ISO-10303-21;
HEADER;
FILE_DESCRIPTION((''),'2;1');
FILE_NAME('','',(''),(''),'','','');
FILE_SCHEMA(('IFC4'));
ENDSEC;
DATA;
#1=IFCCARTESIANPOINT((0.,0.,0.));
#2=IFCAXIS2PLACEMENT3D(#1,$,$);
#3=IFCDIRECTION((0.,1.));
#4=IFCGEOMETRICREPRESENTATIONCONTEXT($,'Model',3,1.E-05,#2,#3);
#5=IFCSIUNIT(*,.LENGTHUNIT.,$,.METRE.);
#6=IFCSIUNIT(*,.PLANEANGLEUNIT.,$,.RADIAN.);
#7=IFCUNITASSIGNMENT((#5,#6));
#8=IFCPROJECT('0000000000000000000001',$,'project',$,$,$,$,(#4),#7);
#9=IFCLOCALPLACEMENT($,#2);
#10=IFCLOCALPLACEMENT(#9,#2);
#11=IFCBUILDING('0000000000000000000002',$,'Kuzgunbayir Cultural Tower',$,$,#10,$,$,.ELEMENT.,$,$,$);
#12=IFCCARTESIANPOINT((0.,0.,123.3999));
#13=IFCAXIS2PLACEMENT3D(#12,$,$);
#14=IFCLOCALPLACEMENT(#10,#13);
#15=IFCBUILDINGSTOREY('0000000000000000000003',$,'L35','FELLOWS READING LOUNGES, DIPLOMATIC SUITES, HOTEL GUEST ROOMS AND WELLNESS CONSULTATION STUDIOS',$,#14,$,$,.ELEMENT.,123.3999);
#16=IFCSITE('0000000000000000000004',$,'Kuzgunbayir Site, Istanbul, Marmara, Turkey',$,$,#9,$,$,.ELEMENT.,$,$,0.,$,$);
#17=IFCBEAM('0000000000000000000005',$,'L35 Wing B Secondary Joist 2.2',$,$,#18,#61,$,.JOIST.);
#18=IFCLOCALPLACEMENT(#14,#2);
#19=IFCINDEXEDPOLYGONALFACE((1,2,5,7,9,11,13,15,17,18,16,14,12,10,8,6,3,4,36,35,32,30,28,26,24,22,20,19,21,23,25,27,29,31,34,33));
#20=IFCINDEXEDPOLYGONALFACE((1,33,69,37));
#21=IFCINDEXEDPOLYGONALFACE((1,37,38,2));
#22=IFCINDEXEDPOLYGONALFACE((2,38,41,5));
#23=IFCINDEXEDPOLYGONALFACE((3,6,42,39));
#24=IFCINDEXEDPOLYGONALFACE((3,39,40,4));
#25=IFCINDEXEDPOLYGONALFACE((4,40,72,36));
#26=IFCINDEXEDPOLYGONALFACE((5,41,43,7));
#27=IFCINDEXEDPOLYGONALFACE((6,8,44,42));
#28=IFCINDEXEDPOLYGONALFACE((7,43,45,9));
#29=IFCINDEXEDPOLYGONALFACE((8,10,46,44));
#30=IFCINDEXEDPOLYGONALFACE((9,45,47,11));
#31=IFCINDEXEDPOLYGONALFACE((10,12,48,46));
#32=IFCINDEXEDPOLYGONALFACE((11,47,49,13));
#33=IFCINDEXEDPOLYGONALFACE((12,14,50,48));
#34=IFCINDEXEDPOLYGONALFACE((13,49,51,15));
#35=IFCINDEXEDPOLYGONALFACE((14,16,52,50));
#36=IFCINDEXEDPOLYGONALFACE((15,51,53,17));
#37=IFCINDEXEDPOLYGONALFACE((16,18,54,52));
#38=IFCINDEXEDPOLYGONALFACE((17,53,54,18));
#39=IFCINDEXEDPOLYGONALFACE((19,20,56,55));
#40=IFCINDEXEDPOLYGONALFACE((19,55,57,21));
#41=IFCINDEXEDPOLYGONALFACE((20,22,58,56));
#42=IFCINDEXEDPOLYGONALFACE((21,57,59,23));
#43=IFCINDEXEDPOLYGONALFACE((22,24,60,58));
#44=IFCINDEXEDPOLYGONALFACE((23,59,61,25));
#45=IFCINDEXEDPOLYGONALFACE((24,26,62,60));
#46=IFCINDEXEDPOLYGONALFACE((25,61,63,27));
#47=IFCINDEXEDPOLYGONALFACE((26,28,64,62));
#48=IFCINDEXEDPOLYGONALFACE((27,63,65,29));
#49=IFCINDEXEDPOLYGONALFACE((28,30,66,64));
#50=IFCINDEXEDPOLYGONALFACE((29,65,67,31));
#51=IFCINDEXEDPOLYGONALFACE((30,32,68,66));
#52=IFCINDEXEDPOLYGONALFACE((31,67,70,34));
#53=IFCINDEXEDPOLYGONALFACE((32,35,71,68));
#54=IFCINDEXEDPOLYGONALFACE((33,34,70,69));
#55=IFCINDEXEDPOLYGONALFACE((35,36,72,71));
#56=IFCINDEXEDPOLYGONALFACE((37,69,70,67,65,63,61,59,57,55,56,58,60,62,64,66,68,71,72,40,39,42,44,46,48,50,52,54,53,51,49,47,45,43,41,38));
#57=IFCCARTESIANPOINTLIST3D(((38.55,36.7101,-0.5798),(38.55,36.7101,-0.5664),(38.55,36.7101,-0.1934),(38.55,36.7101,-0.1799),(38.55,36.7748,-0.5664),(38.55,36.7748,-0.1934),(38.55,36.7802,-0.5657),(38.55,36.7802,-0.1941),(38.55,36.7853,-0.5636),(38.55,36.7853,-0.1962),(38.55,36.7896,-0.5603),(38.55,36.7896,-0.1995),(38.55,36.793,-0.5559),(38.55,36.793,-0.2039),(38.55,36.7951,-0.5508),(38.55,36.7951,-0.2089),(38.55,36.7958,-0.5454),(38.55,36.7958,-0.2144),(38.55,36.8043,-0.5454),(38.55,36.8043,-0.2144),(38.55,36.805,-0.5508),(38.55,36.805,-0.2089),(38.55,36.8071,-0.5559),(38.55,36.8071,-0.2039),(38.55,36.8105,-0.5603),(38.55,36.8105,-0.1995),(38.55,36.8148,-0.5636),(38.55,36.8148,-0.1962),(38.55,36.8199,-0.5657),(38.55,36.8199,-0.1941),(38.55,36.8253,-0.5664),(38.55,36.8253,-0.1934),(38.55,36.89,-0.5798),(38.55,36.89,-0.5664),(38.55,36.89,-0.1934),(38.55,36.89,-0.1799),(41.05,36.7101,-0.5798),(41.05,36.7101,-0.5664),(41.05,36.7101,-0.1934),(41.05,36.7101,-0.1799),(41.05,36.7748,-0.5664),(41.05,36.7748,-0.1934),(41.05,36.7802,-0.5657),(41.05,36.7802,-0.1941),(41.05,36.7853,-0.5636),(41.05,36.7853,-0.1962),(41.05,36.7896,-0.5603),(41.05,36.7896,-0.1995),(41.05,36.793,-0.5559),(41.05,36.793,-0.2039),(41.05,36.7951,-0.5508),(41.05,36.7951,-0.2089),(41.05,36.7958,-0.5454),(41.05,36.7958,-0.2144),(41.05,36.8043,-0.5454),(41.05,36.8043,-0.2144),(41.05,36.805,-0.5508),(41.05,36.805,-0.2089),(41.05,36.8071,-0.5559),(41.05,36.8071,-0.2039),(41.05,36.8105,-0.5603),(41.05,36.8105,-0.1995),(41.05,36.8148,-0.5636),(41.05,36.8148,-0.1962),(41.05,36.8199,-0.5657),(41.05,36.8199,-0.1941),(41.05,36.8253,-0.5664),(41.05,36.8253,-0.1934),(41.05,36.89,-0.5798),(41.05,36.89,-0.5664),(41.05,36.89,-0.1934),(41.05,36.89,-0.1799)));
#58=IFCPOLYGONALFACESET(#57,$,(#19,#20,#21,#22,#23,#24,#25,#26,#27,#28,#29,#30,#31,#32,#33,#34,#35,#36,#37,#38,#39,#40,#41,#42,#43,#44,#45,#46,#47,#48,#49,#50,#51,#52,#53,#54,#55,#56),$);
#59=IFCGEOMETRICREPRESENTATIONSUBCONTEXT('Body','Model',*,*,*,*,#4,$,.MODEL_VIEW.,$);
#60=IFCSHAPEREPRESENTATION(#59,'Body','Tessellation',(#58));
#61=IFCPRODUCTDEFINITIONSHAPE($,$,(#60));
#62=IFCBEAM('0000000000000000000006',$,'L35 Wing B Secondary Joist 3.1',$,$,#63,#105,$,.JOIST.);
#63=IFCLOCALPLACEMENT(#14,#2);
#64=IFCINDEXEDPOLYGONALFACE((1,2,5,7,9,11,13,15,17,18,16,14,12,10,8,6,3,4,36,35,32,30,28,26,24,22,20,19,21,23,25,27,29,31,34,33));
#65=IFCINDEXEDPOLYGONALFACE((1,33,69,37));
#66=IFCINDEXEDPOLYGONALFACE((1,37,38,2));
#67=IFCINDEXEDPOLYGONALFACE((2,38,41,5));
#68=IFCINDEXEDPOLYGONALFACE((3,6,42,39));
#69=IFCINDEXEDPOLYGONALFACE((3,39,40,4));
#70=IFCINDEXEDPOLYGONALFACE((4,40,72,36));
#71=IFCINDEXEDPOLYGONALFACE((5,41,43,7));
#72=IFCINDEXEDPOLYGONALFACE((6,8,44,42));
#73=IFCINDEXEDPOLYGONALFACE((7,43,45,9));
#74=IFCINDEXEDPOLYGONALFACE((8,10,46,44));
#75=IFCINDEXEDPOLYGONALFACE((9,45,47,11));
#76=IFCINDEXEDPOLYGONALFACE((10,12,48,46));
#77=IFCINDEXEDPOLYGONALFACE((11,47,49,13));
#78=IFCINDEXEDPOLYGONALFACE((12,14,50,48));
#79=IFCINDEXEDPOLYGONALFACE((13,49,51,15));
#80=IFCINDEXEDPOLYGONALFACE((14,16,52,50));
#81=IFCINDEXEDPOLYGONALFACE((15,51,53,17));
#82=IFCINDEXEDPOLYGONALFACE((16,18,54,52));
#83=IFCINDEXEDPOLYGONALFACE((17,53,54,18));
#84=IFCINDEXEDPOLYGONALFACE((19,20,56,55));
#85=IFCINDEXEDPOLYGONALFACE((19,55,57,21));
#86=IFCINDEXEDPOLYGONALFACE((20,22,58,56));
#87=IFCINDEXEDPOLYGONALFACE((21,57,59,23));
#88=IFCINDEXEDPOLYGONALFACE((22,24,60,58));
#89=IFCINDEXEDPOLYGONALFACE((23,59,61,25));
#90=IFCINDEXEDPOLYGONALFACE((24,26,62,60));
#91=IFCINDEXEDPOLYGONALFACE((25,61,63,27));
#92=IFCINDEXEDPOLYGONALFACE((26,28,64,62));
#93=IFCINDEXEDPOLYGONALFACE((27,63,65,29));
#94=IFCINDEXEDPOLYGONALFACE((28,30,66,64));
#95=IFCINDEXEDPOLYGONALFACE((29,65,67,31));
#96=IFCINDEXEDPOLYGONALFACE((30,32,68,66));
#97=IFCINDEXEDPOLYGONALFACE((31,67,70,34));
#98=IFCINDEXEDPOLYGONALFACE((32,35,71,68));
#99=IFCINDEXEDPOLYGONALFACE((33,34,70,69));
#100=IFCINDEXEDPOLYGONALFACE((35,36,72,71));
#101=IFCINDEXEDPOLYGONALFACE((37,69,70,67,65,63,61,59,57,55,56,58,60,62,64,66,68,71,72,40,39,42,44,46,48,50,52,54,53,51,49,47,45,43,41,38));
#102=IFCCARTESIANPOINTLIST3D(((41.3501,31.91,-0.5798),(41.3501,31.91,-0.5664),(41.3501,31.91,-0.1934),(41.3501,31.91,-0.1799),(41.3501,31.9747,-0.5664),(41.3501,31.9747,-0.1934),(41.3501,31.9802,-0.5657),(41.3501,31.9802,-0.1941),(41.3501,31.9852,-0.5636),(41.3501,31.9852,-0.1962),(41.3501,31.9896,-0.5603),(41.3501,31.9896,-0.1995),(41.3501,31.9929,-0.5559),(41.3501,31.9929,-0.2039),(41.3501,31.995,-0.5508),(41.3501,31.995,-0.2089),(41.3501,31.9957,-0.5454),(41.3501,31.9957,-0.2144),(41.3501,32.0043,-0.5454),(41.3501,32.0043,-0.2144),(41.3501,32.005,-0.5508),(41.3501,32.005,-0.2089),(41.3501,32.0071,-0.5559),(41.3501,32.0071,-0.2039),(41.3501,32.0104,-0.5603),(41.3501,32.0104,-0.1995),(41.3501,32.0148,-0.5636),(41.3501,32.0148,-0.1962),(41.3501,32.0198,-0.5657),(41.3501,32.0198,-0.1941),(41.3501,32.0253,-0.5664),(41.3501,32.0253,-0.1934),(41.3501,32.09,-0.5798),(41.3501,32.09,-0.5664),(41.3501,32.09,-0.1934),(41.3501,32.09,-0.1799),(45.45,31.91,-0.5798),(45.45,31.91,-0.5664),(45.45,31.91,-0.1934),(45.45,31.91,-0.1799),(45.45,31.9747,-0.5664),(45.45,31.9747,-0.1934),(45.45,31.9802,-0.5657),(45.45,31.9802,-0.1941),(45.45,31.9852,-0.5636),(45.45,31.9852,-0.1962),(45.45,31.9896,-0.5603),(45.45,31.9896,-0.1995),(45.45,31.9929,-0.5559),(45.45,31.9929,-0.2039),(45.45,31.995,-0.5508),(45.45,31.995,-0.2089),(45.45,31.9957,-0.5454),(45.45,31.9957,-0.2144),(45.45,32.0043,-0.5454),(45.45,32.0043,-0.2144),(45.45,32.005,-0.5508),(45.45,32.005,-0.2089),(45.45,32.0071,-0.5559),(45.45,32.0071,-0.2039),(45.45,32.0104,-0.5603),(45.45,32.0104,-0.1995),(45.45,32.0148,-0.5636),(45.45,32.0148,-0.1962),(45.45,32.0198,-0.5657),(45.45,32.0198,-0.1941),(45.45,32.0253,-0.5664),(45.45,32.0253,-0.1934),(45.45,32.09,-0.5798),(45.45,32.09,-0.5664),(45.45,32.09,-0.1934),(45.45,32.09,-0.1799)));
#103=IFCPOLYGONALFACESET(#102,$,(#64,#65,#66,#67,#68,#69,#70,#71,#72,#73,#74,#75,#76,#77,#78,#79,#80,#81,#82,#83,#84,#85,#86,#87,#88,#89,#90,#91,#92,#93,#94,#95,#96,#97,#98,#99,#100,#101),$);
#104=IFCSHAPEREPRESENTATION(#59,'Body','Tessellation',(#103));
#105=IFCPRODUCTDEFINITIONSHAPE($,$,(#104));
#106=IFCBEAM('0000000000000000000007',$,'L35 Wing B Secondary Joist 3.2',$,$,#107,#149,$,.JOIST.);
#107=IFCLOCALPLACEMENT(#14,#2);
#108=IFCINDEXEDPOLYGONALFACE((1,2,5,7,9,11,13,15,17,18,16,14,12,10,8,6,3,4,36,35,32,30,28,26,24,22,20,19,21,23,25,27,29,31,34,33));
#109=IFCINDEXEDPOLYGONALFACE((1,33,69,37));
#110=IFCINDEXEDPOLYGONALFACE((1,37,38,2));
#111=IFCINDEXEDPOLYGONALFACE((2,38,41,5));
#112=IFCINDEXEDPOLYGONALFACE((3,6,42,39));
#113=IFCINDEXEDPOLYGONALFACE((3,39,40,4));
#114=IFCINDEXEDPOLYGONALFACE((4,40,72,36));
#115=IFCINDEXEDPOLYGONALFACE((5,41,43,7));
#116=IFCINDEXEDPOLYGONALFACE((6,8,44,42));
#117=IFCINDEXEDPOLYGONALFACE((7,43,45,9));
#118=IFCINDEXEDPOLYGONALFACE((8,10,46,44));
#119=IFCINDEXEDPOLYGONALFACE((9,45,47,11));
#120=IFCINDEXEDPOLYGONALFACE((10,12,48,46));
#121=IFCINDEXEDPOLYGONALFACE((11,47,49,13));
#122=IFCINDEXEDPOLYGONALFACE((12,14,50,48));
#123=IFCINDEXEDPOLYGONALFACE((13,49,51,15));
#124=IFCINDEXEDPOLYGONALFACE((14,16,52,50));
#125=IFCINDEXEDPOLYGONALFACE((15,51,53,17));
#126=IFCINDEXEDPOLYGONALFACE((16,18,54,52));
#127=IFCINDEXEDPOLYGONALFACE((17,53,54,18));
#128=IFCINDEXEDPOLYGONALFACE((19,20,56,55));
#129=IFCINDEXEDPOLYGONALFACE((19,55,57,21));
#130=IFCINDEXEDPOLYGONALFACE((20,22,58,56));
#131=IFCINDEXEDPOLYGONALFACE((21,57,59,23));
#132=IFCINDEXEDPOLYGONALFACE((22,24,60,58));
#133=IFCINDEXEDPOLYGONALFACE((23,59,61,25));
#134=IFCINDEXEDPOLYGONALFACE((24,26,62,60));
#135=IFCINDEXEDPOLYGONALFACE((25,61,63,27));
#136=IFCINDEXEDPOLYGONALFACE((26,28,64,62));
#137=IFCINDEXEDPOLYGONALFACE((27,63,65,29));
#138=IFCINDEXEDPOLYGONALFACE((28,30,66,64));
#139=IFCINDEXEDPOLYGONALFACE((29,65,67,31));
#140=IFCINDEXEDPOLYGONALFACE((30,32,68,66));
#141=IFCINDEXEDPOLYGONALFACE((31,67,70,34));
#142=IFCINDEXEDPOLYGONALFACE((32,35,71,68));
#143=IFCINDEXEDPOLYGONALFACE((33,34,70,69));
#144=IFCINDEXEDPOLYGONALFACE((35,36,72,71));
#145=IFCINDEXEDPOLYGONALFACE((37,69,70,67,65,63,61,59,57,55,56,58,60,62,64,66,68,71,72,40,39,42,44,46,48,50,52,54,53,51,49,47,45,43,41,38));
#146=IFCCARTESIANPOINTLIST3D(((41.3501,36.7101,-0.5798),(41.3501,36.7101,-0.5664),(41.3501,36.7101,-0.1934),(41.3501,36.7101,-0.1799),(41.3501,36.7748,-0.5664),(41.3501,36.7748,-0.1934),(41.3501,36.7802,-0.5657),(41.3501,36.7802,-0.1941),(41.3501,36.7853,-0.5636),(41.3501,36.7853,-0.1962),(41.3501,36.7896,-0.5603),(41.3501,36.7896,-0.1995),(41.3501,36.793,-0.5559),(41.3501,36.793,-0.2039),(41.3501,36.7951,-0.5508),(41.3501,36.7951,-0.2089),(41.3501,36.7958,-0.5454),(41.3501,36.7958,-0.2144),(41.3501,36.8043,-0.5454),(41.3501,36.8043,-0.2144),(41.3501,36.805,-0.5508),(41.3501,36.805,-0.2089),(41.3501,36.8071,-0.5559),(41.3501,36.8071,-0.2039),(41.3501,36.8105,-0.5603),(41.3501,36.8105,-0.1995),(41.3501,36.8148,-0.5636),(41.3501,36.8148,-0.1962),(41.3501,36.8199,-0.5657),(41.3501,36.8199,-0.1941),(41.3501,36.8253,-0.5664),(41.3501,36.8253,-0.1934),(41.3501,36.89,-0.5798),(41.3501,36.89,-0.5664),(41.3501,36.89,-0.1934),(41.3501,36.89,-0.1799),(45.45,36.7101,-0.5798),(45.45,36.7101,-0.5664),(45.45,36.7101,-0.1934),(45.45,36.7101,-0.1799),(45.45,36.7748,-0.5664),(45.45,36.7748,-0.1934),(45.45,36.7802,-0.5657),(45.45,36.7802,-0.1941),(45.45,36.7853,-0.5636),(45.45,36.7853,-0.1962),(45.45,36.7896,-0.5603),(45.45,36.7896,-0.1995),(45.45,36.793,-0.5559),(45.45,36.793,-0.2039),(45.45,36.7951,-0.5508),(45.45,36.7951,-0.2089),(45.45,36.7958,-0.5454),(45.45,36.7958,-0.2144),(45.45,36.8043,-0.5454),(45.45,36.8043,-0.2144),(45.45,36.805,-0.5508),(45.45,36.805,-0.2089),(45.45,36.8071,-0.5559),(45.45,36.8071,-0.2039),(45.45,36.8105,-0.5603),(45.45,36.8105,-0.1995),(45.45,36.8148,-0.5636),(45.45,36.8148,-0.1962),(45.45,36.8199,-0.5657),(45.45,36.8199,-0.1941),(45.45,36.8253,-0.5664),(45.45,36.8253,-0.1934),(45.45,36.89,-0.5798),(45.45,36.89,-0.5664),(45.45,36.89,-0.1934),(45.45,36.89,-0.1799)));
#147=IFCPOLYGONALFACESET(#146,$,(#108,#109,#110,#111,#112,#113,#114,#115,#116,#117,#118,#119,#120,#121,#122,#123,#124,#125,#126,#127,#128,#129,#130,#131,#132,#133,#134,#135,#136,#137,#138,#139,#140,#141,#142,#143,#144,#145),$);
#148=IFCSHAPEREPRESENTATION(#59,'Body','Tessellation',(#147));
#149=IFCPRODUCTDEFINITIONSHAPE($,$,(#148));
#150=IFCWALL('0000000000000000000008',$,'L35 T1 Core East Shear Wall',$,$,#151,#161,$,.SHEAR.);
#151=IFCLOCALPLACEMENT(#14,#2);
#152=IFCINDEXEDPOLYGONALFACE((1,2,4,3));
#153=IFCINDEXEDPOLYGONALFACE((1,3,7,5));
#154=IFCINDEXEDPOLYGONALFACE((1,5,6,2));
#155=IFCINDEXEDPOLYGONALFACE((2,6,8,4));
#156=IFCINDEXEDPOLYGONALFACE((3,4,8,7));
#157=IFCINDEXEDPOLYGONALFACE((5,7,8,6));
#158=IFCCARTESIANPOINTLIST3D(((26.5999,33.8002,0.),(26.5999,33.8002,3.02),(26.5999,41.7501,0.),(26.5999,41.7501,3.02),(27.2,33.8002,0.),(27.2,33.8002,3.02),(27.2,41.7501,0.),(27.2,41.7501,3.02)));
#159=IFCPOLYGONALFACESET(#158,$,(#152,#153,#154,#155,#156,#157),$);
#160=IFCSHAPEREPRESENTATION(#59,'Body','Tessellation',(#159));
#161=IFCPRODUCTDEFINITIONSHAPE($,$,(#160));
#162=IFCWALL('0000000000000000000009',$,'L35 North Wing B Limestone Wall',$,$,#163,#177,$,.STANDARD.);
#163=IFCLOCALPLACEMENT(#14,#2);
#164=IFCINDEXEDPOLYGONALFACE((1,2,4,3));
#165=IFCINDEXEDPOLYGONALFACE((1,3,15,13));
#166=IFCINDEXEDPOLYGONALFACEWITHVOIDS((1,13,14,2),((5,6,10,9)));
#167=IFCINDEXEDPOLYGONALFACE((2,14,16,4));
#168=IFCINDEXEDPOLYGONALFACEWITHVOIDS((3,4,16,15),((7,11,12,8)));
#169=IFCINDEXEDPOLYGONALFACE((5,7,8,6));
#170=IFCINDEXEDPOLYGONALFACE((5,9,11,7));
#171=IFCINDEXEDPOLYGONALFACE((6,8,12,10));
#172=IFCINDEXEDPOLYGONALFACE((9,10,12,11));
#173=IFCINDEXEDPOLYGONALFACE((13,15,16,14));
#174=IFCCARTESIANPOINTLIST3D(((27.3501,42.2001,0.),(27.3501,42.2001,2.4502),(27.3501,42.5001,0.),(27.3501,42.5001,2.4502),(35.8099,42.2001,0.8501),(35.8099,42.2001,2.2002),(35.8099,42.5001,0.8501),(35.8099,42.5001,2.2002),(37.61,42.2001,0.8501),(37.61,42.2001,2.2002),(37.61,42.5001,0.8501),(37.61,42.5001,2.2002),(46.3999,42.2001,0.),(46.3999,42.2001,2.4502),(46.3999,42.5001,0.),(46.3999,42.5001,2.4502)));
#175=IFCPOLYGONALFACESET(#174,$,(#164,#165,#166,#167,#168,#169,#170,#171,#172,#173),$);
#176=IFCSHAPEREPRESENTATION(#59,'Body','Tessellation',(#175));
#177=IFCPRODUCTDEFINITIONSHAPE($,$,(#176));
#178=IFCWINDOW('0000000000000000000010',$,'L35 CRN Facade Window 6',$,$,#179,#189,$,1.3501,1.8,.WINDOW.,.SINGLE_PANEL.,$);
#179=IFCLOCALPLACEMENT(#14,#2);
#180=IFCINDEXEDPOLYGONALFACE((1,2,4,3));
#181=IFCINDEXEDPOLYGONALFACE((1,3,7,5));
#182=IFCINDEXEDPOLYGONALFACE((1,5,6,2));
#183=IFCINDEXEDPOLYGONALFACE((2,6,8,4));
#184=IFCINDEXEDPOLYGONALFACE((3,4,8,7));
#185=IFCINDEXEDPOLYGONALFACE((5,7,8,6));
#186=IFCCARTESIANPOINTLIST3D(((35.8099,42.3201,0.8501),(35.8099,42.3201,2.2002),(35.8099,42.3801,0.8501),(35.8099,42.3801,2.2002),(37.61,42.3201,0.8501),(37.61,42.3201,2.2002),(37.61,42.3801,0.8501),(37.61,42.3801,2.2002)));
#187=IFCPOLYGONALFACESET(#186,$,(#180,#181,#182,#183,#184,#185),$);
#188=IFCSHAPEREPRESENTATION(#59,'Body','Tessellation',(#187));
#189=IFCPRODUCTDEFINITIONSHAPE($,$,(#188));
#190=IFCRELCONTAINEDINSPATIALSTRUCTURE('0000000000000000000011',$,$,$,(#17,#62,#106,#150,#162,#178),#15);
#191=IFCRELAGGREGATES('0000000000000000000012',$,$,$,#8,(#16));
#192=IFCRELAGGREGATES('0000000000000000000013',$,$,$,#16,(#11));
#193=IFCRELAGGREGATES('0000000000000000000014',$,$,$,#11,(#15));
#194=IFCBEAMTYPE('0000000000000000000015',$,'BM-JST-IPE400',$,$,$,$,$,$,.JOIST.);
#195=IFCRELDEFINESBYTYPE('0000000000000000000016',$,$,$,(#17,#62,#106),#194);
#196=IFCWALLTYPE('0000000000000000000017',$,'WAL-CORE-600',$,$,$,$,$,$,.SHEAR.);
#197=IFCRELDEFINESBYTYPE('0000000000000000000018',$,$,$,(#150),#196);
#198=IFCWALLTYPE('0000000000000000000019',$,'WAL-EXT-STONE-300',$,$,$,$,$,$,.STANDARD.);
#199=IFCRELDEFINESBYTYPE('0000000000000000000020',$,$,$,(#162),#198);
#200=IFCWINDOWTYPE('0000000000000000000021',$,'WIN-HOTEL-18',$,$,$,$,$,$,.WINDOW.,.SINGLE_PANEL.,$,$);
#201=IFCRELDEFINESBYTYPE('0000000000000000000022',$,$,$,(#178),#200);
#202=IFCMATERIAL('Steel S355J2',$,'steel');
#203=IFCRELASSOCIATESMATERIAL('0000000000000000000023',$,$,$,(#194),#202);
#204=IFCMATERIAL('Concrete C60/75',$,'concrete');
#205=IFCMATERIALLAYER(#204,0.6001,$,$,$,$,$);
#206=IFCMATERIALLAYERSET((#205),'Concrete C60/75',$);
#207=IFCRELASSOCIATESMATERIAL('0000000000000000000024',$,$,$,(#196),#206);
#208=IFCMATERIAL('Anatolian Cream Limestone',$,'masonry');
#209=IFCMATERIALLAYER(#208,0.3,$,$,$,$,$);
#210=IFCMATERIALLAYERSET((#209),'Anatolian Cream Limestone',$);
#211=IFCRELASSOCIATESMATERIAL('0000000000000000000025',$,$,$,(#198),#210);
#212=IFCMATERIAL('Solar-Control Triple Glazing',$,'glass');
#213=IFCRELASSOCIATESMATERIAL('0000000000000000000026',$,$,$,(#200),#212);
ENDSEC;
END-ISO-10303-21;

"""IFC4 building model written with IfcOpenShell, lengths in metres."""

from ifc_helpers import new_model, si_unit, direction, frame, frame_2d, origin, origin_2d, place, context, subcontext, project, spatial, rectangle, i_section, extrude, material, layer, layer_set, material_profile, profile_set, type_object, element, fill, save


model = new_model("IFC4")

# Units and contexts
model_context = context("Model", 3, precision=1e-05, world=origin(), true_north=direction((0.0, 1.0)))
body_context = subcontext(model_context, "Body", "Model", "MODEL_VIEW")
ifc_project = project(units=[si_unit("LENGTHUNIT", "METRE"), si_unit("PLANEANGLEUNIT", "RADIAN")], contexts=[model_context])

# Site, building, storey
site_placement = place(None, origin())
site = spatial("IfcSite", under=ifc_project, at=site_placement, Name="Kuzgunbayir Site, Istanbul, Marmara, Turkey", CompositionType="ELEMENT", RefElevation=0.0)
building_placement = place(site_placement, origin())
building = spatial("IfcBuilding", under=site, at=building_placement, Name="Kuzgunbayir Cultural Tower", CompositionType="ELEMENT")
storey_placement = place(building_placement, frame((0.0, 0.0, 123.3999)))
storey = spatial("IfcBuildingStorey", under=building, at=storey_placement, Name="L35", Description="FELLOWS READING LOUNGES, DIPLOMATIC SUITES, HOTEL GUEST ROOMS AND WELLNESS CONSULTATION STUDIOS", CompositionType="ELEMENT", Elevation=123.3999)

# Beams
ifc_material_1 = material(Name="Steel S355J2", Category="steel")
ifc_material_profile_1 = material_profile(ifc_material_1, i_section(OverallWidth=0.1799, OverallDepth=0.3999, WebThickness=0.0085, FlangeThickness=0.0134, FilletRadius=0.021, at=origin_2d()), Name="IPE 400")
ifc_profile_set_1 = profile_set([ifc_material_profile_1], Name="Steel S355J2")
beam_type_1 = type_object("IfcBeamType", Name="BM-JST-IPE400", PredefinedType="JOIST", material=ifc_profile_set_1)
beam_1_placement = place(storey_placement, frame((38.55, 36.8, -0.3799), z_axis=(1.0, 0.0, 0.0), x_axis=(0.0, 1.0, 0.0)))
element("IfcBeam", 1, at=beam_1_placement, inside=storey, type_object=beam_type_1, Name="L35 Wing B Secondary Joist 2.2", PredefinedType="JOIST", context=body_context, shape_type="SweptSolid", body=[
    extrude(i_section(OverallWidth=0.1799, OverallDepth=0.3999, WebThickness=0.0085, FlangeThickness=0.0134, FilletRadius=0.021, at=origin_2d()), origin(), (0.0, 0.0, 1.0), 2.5),
])
for number, where, z_axis, x_axis, name in (
    (2, (41.3501, 32.0, -0.3799), (1.0, 0.0, 0.0), (0.0, 1.0, 0.0), "L35 Wing B Secondary Joist 3.1"),
    (3, (41.3501, 36.8, -0.3799), (1.0, 0.0, 0.0), (0.0, 1.0, 0.0), "L35 Wing B Secondary Joist 3.2"),
):
    element("IfcBeam", number, at=place(storey_placement, frame(where, z_axis=z_axis, x_axis=x_axis)), inside=storey, type_object=beam_type_1, Name=name, PredefinedType="JOIST", context=body_context, shape_type="SweptSolid", body=[
        extrude(i_section(OverallWidth=0.1799, OverallDepth=0.3999, WebThickness=0.0085, FlangeThickness=0.0134, FilletRadius=0.021, at=origin_2d()), origin(), (0.0, 0.0, 1.0), 4.0999),
    ])

# Wall
ifc_material_2 = material(Name="Concrete C60/75", Category="concrete")
ifc_layer_1 = layer(ifc_material_2, 0.6001)
ifc_layer_set_1 = layer_set([ifc_layer_1], Name="Concrete C60/75")
wall_type_1 = type_object("IfcWallType", Name="WAL-CORE-600", PredefinedType="SHEAR", material=ifc_layer_set_1)
wall_1_placement = place(storey_placement, frame((26.8999, 33.8, 0.0), z_axis=(0.0, 0.0, 1.0), x_axis=(0.0, 1.0, 0.0)))
element("IfcWall", 4, at=wall_1_placement, inside=storey, type_object=wall_type_1, Name="L35 T1 Core East Shear Wall", PredefinedType="SHEAR", context=body_context, shape_type="SweptSolid", body=[
    extrude(rectangle(XDim=7.95, YDim=0.6001, at=frame_2d((3.9751, 0.0))), origin(), (0.0, 0.0, 1.0), 3.02),
])

# Wall, opening, window
ifc_material_3 = material(Name="Anatolian Cream Limestone", Category="masonry")
ifc_layer_2 = layer(ifc_material_3, 0.3)
ifc_layer_set_2 = layer_set([ifc_layer_2], Name="Anatolian Cream Limestone")
wall_type_2 = type_object("IfcWallType", Name="WAL-EXT-STONE-300", PredefinedType="STANDARD", material=ifc_layer_set_2)
wall_2_placement = place(storey_placement, frame((46.3999, 42.3501, 0.0), z_axis=(0.0, 0.0, 1.0), x_axis=(-1.0, 0.0, 0.0)))
wall_2 = element("IfcWall", 5, at=wall_2_placement, inside=storey, type_object=wall_type_2, Name="L35 North Wing B Limestone Wall", PredefinedType="STANDARD", context=body_context, shape_type="SweptSolid", body=[
    extrude(rectangle(XDim=19.0498, YDim=0.3, at=frame_2d((9.5249, 0.0))), origin(), (0.0, 0.0, 1.0), 2.4502),
])
opening_1_placement = place(wall_2_placement, frame((8.79, 0.0, 0.8501)))
opening_1 = element("IfcOpeningElement", 6, at=opening_1_placement, cuts=wall_2, PredefinedType="OPENING", context=body_context, shape_type="SweptSolid", body=[
    extrude(rectangle(XDim=1.8, YDim=1.3501, at=frame_2d((0.8999, 0.675))), frame((0.0, 0.1602, 0.0), z_axis=(0.0, -1.0, 0.0), x_axis=(1.0, 0.0, 0.0)), (0.0, 0.0, 1.0), 0.3201),
])
ifc_material_4 = material(Name="Solar-Control Triple Glazing", Category="glass")
window_type = type_object("IfcWindowType", Name="WIN-HOTEL-18", PartitioningType="SINGLE_PANEL", PredefinedType="WINDOW", material=ifc_material_4)
window_placement = place(opening_1_placement, origin())
window = element("IfcWindow", 7, at=window_placement, inside=storey, type_object=window_type, Name="L35 CRN Facade Window 6", OverallHeight=1.3501, OverallWidth=1.8, PartitioningType="SINGLE_PANEL", PredefinedType="WINDOW", context=body_context, shape_type="SweptSolid", body=[
    extrude(rectangle(XDim=1.8, YDim=1.3501, at=frame_2d((0.8999, 0.675))), frame((0.0, 0.03, 0.0), z_axis=(0.0, -1.0, 0.0), x_axis=(1.0, 0.0, 0.0)), (0.0, 0.0, 1.0), 0.0601),
])
fill(opening_1, window)

save(model, "model.ifc")
